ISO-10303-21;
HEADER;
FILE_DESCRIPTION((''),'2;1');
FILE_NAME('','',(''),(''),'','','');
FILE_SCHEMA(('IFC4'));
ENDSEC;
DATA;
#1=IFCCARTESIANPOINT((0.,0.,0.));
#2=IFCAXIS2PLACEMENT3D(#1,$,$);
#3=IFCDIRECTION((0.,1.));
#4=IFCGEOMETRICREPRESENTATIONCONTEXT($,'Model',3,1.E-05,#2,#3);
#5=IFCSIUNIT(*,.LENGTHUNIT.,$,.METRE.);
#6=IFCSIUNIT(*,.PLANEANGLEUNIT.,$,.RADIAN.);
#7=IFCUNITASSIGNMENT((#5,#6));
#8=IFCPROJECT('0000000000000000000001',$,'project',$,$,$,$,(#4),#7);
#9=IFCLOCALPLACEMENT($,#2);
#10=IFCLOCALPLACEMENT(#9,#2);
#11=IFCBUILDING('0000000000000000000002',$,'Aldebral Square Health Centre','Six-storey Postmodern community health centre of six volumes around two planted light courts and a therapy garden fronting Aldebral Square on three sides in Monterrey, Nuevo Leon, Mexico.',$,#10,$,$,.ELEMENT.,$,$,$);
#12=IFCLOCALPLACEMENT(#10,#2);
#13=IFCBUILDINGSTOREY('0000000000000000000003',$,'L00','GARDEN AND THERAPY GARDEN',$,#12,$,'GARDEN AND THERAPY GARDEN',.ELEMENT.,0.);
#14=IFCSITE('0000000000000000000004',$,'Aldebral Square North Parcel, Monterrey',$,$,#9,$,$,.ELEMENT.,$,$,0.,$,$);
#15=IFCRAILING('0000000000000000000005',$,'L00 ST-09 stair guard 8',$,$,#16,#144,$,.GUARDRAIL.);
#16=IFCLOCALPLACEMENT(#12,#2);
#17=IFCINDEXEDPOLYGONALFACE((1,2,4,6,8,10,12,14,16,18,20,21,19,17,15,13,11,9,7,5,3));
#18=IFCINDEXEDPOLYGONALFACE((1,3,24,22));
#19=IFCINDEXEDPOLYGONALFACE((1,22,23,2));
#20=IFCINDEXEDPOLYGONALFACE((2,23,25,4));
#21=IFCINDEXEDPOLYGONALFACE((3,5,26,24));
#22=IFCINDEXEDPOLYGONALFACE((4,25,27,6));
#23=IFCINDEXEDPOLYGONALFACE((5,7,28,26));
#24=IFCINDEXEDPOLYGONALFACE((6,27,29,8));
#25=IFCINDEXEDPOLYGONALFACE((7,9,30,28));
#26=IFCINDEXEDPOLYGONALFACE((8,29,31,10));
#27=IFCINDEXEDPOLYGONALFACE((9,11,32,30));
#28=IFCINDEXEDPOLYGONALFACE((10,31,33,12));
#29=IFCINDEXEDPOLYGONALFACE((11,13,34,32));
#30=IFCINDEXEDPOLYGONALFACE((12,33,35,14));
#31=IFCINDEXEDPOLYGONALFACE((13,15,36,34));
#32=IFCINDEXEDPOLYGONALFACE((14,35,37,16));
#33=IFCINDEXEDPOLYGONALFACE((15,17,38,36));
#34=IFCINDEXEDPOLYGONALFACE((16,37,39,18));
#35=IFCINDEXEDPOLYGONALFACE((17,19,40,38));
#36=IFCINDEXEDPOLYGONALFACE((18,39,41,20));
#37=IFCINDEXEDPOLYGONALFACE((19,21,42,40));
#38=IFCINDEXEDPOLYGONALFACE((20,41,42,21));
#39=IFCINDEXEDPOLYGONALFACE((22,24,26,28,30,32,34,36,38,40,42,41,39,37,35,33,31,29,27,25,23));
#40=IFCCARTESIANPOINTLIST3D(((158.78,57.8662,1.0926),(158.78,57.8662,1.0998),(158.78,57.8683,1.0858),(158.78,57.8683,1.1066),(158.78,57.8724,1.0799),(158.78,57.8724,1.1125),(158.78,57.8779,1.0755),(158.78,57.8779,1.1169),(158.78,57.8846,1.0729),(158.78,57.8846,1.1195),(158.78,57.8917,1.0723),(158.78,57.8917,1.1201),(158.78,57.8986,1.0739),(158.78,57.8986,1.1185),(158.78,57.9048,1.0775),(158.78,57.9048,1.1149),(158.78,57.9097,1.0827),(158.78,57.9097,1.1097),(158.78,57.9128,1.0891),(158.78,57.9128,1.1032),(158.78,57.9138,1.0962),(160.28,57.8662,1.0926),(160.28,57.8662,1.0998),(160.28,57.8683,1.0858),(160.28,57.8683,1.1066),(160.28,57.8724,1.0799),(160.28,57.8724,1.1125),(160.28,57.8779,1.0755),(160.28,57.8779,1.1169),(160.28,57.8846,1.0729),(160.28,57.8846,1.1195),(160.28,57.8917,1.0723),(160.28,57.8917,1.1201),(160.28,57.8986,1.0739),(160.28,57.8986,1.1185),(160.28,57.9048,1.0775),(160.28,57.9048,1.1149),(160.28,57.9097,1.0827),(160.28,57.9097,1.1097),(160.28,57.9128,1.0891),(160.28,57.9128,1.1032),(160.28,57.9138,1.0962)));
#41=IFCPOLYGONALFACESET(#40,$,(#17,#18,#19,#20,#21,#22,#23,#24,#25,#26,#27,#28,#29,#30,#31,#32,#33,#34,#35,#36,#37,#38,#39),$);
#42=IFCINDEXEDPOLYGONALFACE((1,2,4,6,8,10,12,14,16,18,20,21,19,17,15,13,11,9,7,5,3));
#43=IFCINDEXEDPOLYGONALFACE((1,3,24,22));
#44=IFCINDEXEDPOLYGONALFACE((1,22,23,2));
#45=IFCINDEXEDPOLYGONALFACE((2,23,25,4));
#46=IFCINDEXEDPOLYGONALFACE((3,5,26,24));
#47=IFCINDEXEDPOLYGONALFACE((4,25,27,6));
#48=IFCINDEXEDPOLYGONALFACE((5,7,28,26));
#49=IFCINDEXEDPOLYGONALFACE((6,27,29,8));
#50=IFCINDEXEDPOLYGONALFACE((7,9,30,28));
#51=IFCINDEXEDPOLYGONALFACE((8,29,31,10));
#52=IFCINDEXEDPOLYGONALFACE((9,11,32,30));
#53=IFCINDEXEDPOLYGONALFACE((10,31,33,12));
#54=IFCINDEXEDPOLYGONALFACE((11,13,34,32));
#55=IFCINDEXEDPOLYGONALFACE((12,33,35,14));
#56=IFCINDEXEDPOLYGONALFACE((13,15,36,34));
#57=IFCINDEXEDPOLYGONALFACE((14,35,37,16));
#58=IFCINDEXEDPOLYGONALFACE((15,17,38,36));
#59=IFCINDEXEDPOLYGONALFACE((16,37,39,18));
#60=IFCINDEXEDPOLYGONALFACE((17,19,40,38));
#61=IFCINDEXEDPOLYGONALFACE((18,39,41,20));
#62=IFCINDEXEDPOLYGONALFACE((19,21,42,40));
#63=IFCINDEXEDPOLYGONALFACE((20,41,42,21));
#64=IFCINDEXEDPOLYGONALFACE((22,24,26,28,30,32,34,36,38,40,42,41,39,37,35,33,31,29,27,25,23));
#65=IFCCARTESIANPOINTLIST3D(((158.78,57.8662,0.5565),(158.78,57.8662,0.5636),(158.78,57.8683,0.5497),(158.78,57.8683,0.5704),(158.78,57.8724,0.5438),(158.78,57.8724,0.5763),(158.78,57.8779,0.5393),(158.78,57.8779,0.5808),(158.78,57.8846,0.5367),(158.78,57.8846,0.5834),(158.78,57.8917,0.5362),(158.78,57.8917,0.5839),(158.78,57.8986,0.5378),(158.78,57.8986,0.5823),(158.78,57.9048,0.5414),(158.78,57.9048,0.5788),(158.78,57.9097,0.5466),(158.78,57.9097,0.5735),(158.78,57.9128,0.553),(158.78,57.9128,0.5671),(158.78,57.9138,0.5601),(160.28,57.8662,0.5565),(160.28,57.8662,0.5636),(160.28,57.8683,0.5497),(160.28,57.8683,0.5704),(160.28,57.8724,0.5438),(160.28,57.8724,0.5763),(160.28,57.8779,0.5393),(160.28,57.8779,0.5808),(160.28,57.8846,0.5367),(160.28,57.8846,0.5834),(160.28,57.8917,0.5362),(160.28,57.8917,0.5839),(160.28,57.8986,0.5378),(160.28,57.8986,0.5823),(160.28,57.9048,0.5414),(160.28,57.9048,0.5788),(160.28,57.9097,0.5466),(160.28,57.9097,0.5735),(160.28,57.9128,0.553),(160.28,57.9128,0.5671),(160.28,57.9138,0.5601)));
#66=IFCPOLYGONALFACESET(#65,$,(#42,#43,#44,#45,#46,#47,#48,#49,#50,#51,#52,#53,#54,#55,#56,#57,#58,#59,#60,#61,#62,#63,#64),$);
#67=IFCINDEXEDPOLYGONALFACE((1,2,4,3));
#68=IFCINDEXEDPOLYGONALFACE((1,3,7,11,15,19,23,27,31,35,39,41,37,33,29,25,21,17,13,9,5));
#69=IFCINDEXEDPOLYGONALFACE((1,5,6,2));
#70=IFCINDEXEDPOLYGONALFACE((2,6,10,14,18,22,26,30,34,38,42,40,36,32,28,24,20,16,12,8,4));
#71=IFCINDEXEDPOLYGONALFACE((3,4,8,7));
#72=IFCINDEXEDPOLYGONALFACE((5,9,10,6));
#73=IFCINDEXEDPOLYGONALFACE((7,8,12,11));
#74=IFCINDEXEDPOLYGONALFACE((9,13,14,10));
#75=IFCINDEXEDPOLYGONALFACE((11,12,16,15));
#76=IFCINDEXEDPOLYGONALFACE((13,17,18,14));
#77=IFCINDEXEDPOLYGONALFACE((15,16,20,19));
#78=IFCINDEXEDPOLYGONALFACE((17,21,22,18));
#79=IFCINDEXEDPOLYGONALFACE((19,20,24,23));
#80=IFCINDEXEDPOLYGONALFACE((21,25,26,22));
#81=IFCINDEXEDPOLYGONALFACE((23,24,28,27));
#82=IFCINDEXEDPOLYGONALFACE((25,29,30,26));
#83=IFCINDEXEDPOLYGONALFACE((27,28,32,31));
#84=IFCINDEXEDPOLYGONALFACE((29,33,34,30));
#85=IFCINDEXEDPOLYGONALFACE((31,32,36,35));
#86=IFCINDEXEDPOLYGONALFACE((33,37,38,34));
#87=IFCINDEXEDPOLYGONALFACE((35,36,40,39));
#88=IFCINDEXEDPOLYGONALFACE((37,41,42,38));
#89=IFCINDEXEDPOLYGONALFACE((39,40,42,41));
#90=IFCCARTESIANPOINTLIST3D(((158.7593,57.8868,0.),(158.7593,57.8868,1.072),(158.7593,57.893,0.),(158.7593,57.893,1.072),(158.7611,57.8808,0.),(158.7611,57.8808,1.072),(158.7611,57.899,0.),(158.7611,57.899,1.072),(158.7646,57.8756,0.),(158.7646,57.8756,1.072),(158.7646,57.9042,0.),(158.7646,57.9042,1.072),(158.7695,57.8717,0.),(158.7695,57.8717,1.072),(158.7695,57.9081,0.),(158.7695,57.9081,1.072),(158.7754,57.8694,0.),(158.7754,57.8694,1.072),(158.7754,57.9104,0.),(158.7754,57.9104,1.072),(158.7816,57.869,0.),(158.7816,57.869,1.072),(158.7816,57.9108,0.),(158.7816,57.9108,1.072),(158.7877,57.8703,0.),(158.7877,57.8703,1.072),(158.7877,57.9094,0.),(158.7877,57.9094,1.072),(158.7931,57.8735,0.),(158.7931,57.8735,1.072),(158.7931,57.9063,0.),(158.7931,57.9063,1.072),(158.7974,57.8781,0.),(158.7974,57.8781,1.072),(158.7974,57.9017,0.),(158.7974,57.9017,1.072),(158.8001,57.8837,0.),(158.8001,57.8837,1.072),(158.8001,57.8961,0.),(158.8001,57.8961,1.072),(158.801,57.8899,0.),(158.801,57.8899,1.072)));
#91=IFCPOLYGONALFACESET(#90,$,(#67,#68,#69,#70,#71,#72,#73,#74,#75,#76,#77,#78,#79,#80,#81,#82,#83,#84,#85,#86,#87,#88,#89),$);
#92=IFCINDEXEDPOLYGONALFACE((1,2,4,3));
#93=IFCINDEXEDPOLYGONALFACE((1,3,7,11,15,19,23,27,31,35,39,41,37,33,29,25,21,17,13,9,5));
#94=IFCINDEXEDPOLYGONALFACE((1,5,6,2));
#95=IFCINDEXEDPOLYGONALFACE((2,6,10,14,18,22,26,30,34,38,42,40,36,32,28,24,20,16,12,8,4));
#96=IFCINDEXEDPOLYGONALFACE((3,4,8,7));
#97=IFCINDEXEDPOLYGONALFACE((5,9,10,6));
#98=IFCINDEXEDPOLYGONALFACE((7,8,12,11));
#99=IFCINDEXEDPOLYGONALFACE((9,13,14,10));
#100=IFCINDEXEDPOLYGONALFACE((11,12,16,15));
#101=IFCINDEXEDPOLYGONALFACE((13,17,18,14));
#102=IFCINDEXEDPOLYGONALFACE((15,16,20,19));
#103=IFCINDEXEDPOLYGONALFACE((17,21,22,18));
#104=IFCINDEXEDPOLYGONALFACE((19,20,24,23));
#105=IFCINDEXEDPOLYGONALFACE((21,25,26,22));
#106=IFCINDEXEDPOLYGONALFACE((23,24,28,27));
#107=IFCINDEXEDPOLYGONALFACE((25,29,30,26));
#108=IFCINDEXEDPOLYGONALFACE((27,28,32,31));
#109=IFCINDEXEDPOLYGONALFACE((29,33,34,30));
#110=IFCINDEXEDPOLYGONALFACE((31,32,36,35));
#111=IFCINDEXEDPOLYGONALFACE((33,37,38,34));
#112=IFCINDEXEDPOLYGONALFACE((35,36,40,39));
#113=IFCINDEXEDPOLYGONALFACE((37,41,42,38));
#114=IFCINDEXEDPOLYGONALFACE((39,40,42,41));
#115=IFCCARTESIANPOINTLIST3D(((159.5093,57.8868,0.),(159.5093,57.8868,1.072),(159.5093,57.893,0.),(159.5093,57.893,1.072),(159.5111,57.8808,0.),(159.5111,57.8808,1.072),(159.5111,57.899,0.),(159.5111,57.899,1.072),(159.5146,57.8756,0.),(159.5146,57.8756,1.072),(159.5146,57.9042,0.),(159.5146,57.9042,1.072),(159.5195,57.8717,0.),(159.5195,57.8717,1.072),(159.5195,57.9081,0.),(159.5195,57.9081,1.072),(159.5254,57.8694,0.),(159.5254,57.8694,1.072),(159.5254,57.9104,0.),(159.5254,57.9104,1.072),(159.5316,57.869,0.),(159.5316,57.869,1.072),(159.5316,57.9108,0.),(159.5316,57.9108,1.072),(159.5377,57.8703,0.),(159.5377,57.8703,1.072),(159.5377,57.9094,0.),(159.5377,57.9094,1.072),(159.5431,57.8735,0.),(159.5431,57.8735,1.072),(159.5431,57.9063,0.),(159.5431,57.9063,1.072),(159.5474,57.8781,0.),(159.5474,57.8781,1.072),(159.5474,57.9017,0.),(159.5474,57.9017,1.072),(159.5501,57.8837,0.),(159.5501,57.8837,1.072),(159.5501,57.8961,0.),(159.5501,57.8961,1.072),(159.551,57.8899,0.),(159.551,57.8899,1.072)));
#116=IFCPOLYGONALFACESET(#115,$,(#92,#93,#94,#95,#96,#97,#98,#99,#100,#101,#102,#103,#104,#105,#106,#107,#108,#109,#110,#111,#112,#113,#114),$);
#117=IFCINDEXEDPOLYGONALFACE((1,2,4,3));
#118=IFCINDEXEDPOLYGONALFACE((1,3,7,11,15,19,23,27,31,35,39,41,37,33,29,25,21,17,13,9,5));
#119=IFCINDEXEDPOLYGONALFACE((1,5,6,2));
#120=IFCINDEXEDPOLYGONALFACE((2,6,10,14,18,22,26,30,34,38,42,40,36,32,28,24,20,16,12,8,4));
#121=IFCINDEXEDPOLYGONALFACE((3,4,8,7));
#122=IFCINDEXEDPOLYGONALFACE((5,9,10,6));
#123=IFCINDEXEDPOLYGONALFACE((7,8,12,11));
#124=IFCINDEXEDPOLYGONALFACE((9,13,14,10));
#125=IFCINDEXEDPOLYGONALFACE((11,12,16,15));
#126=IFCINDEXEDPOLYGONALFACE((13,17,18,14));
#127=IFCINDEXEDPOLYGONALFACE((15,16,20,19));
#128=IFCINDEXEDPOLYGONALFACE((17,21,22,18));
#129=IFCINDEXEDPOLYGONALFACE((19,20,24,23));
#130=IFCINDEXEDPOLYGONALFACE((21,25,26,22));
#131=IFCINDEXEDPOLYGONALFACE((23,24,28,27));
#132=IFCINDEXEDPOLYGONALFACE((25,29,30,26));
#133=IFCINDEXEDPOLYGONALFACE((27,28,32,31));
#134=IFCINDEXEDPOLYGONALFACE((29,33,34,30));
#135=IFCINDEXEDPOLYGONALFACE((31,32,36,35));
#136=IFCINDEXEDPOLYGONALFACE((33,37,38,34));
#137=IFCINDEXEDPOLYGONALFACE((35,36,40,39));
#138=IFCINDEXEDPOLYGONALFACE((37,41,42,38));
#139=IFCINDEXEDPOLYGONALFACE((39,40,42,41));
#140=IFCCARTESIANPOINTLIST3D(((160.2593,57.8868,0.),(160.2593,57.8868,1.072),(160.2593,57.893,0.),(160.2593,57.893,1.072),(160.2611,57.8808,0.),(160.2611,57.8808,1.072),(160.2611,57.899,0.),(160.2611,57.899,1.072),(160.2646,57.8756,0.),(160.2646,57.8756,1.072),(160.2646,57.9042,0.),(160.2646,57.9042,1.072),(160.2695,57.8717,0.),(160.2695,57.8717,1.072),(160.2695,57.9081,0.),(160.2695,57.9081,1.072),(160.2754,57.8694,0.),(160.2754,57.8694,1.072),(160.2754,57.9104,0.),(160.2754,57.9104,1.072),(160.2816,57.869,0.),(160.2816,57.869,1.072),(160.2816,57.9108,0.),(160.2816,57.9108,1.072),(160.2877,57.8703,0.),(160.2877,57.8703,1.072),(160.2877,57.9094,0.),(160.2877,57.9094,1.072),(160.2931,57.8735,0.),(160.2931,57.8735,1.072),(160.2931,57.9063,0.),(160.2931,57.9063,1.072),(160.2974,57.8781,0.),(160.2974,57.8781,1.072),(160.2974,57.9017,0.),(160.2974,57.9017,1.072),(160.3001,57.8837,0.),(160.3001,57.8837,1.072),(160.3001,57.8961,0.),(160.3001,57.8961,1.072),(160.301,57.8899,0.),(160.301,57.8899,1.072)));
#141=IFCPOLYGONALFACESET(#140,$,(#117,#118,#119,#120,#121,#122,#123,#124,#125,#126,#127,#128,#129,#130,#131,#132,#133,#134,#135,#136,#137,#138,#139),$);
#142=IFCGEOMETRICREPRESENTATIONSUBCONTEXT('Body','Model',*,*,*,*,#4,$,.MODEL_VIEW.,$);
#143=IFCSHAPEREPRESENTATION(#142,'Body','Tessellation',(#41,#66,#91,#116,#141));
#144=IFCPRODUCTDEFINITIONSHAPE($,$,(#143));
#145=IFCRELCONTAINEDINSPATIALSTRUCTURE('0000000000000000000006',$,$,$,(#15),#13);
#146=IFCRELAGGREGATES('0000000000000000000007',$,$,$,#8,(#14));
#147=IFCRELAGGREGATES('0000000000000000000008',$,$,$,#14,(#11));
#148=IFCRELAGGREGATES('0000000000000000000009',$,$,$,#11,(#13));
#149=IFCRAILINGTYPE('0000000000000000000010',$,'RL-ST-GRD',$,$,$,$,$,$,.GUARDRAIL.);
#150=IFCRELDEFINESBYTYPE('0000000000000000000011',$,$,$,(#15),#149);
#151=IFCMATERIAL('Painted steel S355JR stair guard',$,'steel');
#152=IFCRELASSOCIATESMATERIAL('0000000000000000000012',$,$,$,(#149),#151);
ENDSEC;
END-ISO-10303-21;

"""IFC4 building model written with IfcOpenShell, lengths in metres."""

from ifc_helpers import new_model, si_unit, direction, frame, origin, origin_2d, place, context, subcontext, project, spatial, circle, extrude, material, type_object, element, save


model = new_model("IFC4")

# Units and contexts
model_context = context("Model", 3, precision=1e-05, world=origin(), true_north=direction((0.0, 1.0)))
body_context = subcontext(model_context, "Body", "Model", "MODEL_VIEW")
ifc_project = project(units=[si_unit("LENGTHUNIT", "METRE"), si_unit("PLANEANGLEUNIT", "RADIAN")], contexts=[model_context])

# Site, building, storey
site_placement = place(None, origin())
site = spatial("IfcSite", under=ifc_project, at=site_placement, Name="Aldebral Square North Parcel, Monterrey", CompositionType="ELEMENT", RefElevation=0.0)
building_placement = place(site_placement, origin())
building = spatial("IfcBuilding", under=site, at=building_placement, Name="Aldebral Square Health Centre", Description="Six-storey Postmodern community health centre of six volumes around two planted light courts and a therapy garden fronting Aldebral Square on three sides in Monterrey, Nuevo Leon, Mexico.", CompositionType="ELEMENT")
storey_placement = place(building_placement, origin())
storey = spatial("IfcBuildingStorey", under=building, at=storey_placement, Name="L00", Description="GARDEN AND THERAPY GARDEN", LongName="GARDEN AND THERAPY GARDEN", CompositionType="ELEMENT", Elevation=0.0)

# Railing
ifc_material_1 = material(Name="Painted steel S355JR stair guard", Category="steel")
railing_type_1 = type_object("IfcRailingType", Name="RL-ST-GRD", PredefinedType="GUARDRAIL", material=ifc_material_1)
for number, where, name in (
    (1, (158.78, 57.8899, 0.0), "L00 ST-09 stair guard 8"),
):
    element("IfcRailing", number, at=place(storey_placement, frame(where)), inside=storey, type_object=railing_type_1, Name=name, PredefinedType="GUARDRAIL", context=body_context, shape_type="SweptSolid", body=[
        extrude(circle(Radius=0.0239, at=origin_2d()), frame((0.0, 0.0, 1.0962), z_axis=(1.0, 0.0, 0.0), x_axis=(0.0, 1.0, 0.0)), (0.0, 0.0, 1.0), 1.5),
        extrude(circle(Radius=0.0239, at=origin_2d()), frame((0.0, 0.0, 0.5601), z_axis=(1.0, 0.0, 0.0), x_axis=(0.0, 1.0, 0.0)), (0.0, 0.0, 1.0), 1.5),
        extrude(circle(Radius=0.021, at=origin_2d()), origin(), (0.0, 0.0, 1.0), 1.072),
        extrude(circle(Radius=0.021, at=origin_2d()), frame((0.75, 0.0, 0.0)), (0.0, 0.0, 1.0), 1.072),
        extrude(circle(Radius=0.021, at=origin_2d()), frame((1.5, 0.0, 0.0)), (0.0, 0.0, 1.0), 1.072),
    ])

save(model, "model.ifc")
